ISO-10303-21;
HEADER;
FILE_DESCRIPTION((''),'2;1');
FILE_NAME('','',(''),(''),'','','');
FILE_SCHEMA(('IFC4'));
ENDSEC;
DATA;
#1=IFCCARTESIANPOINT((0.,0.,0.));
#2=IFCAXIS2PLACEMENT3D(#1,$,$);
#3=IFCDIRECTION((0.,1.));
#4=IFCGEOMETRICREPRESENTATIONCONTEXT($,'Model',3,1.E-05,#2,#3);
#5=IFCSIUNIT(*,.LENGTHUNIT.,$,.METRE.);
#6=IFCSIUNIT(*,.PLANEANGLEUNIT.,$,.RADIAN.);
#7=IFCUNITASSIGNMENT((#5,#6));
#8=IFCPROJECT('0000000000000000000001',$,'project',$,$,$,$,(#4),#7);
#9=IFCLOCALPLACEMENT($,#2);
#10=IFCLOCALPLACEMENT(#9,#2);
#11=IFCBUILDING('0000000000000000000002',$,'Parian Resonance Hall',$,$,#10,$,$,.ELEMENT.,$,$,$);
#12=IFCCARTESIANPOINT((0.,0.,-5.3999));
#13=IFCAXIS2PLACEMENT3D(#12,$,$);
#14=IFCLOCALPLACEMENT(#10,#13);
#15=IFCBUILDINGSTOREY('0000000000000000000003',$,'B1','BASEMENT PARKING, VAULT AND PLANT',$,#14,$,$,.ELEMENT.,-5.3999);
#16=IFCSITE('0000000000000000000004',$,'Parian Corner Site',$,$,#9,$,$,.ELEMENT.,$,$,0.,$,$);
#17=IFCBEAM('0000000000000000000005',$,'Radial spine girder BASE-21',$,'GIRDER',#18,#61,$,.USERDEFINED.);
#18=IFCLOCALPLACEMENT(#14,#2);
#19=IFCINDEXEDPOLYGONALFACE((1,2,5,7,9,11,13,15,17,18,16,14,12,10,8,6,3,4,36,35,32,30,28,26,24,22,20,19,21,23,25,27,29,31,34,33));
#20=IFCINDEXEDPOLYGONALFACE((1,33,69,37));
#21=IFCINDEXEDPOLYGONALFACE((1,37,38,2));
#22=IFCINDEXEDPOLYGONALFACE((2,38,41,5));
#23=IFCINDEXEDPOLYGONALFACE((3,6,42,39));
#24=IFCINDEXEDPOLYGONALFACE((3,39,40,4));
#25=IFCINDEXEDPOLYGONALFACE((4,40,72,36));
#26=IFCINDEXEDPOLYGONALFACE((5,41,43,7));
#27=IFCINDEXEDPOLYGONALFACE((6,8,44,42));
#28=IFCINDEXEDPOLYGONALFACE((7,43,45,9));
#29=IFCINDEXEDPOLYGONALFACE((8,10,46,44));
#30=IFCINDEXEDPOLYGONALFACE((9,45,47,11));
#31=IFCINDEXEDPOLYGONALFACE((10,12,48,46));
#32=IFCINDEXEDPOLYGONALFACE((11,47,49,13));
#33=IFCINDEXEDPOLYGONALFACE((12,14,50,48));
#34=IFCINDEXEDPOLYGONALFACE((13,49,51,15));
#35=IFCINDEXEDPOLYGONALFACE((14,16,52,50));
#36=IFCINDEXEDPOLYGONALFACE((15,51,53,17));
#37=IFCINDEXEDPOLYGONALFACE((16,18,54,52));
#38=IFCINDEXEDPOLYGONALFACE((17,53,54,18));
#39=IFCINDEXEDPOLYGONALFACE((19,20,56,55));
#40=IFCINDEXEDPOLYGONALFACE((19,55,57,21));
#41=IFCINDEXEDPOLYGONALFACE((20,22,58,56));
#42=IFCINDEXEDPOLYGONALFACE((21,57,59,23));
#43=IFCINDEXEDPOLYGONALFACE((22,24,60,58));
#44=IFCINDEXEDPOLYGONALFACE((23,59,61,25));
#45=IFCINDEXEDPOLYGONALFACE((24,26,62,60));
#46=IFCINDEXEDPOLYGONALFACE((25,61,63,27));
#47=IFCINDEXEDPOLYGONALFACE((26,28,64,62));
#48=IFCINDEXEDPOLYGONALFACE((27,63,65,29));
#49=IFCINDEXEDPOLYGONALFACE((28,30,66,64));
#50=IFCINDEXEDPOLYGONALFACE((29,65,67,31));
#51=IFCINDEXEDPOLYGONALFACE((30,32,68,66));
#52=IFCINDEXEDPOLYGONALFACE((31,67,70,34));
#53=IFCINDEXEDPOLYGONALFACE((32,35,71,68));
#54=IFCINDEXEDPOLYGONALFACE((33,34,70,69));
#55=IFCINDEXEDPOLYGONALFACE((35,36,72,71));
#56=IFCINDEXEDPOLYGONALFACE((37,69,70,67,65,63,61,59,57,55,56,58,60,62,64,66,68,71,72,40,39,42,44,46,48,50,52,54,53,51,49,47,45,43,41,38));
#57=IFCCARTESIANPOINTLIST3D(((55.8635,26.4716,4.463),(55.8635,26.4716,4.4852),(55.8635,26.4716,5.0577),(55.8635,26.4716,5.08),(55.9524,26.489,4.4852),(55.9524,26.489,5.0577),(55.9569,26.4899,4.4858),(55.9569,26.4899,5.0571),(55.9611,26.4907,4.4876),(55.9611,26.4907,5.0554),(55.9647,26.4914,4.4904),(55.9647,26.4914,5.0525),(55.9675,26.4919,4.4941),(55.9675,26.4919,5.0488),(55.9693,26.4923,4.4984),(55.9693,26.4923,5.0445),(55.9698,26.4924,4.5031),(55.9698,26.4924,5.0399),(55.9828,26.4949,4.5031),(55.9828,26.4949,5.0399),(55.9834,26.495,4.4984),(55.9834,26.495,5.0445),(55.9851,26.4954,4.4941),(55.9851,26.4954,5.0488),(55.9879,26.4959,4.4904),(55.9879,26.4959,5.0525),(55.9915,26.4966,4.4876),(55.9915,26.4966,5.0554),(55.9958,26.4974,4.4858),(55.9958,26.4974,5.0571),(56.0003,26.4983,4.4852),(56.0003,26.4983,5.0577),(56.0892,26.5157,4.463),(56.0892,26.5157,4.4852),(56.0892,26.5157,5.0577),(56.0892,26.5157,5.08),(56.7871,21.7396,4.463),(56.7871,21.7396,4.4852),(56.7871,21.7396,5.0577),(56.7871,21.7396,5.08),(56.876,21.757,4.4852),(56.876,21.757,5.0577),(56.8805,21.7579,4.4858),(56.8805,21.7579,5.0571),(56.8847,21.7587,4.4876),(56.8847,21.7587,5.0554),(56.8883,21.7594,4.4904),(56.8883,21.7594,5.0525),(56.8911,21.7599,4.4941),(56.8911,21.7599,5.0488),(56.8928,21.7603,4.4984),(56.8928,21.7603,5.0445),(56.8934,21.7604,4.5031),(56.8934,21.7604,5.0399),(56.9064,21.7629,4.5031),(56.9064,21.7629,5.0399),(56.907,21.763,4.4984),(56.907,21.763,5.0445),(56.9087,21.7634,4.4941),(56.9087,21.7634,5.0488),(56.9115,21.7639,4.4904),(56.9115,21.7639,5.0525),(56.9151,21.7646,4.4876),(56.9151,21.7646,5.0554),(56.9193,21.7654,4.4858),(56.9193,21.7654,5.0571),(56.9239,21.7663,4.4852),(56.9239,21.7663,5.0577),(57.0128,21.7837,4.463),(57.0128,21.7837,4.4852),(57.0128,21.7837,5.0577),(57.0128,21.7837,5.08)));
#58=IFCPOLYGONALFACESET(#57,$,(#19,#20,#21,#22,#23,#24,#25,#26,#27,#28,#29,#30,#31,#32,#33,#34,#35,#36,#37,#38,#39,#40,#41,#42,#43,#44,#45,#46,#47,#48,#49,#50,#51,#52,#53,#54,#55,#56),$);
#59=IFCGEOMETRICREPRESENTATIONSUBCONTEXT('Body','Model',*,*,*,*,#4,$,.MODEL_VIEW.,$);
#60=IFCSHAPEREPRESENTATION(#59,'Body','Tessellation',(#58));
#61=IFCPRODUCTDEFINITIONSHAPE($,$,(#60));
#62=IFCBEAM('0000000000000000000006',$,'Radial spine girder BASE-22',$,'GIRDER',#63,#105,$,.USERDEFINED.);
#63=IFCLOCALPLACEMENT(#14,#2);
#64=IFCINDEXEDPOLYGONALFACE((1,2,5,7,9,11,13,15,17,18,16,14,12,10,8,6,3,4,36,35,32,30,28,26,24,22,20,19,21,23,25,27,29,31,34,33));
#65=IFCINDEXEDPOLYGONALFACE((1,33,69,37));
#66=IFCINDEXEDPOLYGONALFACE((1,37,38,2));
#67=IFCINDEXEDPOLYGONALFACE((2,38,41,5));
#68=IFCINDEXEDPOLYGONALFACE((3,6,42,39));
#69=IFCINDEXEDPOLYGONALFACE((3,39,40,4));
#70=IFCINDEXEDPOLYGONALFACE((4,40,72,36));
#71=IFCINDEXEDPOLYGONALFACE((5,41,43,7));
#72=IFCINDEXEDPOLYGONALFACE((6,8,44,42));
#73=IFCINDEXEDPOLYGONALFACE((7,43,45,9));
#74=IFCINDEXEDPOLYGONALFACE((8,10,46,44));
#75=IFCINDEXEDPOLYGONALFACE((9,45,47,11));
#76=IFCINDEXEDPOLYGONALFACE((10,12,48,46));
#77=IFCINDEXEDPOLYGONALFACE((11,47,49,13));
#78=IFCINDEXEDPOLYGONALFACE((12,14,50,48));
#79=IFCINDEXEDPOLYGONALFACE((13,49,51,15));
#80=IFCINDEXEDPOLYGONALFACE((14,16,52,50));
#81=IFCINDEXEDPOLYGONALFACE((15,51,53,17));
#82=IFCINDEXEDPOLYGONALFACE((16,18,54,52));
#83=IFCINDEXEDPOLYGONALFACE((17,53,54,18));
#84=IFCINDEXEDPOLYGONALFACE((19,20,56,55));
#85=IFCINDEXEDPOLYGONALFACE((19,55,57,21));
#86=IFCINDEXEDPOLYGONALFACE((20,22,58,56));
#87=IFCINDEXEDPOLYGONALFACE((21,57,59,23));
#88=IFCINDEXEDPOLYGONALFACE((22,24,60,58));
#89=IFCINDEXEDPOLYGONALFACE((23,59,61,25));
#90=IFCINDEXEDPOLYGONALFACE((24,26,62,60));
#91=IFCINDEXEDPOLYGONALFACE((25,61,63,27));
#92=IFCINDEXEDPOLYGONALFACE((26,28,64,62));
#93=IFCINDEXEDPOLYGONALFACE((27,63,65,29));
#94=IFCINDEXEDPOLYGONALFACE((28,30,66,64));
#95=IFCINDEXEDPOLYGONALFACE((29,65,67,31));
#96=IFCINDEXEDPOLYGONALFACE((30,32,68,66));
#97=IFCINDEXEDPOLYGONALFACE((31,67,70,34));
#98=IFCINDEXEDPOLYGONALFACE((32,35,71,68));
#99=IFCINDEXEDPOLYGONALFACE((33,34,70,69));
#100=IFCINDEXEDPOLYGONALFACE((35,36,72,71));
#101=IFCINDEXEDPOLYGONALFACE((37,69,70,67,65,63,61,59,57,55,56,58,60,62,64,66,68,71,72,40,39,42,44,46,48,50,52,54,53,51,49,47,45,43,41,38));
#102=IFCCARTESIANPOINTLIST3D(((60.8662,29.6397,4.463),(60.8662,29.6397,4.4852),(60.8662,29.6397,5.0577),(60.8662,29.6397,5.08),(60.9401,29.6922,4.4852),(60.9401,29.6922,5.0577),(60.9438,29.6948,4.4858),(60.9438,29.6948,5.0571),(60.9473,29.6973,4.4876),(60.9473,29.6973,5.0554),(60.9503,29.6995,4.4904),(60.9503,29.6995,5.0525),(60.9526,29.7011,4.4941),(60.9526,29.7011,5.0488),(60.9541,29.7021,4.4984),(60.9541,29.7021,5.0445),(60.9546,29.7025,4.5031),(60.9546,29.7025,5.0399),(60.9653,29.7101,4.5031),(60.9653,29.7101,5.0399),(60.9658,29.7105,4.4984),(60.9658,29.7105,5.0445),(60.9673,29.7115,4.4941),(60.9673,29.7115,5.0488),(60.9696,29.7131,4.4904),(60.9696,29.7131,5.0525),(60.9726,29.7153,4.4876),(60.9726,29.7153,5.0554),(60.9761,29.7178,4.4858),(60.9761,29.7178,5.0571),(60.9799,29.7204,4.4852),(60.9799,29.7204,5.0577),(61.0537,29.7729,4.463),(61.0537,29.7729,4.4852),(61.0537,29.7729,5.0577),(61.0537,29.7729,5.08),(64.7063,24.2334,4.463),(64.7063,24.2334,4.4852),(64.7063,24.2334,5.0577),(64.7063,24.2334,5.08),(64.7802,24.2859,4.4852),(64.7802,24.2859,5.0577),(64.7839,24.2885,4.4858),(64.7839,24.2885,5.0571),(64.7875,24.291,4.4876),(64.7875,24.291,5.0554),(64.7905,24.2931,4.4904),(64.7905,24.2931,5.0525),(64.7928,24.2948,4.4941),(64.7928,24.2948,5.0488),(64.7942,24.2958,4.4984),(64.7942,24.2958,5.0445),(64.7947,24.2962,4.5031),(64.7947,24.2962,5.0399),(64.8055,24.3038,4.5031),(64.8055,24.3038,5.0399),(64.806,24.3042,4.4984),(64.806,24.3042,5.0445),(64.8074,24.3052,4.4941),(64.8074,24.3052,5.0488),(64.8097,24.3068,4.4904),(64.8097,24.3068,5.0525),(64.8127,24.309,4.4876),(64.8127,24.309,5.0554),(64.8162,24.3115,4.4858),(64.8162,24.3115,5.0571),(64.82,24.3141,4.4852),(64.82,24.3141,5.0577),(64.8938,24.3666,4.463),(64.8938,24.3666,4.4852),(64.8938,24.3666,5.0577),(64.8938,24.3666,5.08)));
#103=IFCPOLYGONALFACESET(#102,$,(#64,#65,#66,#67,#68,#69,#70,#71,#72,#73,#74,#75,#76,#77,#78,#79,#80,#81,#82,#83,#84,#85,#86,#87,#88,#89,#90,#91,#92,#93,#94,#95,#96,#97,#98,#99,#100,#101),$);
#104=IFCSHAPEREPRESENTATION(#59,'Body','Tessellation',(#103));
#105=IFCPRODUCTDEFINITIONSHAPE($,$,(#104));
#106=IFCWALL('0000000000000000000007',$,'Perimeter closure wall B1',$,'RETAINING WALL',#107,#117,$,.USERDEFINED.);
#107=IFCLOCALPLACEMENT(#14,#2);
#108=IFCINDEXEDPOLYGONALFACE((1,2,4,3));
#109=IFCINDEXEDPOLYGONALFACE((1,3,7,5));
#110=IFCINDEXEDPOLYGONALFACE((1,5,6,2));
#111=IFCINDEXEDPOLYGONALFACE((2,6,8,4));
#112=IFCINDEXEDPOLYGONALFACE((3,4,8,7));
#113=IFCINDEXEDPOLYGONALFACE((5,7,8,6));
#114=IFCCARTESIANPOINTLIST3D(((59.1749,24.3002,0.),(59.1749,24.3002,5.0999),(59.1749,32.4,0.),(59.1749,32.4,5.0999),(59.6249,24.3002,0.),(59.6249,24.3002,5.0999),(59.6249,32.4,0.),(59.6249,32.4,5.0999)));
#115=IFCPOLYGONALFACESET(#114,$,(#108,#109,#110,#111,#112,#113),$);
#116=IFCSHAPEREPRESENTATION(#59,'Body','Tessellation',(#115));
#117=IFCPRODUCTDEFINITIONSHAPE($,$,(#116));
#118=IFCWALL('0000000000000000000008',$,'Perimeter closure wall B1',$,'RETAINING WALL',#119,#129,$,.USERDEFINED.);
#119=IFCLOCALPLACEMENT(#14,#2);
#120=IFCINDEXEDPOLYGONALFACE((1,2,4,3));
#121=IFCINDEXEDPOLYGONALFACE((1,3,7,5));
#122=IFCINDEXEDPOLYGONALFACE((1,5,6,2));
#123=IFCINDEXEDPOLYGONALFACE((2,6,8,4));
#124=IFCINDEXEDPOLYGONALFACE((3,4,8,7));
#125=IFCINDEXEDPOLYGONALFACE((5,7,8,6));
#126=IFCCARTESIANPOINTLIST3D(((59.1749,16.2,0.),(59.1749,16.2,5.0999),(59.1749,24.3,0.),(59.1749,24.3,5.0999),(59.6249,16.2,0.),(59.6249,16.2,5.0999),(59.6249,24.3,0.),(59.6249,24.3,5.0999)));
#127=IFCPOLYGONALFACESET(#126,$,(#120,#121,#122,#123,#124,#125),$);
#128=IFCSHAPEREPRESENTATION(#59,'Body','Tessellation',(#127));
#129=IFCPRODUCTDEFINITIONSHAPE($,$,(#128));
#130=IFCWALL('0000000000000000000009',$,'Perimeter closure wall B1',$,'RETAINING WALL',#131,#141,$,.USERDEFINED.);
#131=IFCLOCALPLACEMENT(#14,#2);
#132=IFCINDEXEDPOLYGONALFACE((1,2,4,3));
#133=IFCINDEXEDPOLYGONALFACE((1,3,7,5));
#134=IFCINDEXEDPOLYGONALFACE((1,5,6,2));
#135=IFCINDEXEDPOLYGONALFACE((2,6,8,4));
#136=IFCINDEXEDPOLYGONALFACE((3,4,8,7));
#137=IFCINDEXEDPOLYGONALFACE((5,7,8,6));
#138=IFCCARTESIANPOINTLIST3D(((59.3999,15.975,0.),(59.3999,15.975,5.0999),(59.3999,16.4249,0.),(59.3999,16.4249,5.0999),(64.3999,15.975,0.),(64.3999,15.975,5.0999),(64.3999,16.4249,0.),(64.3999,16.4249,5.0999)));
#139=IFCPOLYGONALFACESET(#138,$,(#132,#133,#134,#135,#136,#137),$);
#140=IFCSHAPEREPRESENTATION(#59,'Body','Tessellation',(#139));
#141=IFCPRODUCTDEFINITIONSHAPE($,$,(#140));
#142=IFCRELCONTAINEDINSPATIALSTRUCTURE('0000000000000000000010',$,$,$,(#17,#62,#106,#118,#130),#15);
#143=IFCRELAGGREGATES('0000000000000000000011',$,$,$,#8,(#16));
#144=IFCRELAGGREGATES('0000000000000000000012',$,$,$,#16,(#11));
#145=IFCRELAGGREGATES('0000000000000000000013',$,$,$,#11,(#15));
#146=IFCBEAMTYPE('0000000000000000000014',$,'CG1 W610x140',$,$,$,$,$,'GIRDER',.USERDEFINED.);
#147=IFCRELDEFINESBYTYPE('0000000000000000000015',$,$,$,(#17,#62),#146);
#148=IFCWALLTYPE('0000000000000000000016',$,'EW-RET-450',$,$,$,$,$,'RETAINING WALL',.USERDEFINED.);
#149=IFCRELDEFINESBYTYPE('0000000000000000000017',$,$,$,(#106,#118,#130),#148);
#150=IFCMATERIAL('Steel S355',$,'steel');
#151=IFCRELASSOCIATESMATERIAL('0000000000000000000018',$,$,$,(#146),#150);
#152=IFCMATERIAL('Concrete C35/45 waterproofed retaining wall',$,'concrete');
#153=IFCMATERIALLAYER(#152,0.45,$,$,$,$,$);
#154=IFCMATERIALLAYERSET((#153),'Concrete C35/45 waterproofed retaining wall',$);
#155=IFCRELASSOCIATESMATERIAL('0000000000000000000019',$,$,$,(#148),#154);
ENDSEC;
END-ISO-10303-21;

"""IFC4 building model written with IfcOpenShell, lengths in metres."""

from ifc_helpers import new_model, si_unit, direction, frame, frame_2d, origin, origin_2d, place, context, subcontext, project, spatial, rectangle, i_section, extrude, material, layer, layer_set, material_profile, profile_set, type_object, element, save


model = new_model("IFC4")

# Units and contexts
model_context = context("Model", 3, precision=1e-05, world=origin(), true_north=direction((0.0, 1.0)))
body_context = subcontext(model_context, "Body", "Model", "MODEL_VIEW")
ifc_project = project(units=[si_unit("LENGTHUNIT", "METRE"), si_unit("PLANEANGLEUNIT", "RADIAN")], contexts=[model_context])

# Site, building, storey
site_placement = place(None, origin())
site = spatial("IfcSite", under=ifc_project, at=site_placement, Name="Parian Corner Site", CompositionType="ELEMENT", RefElevation=0.0)
building_placement = place(site_placement, origin())
building = spatial("IfcBuilding", under=site, at=building_placement, Name="Parian Resonance Hall", CompositionType="ELEMENT")
storey_placement = place(building_placement, frame((0.0, 0.0, -5.3999)))
storey = spatial("IfcBuildingStorey", under=building, at=storey_placement, Name="B1", Description="BASEMENT PARKING, VAULT AND PLANT", CompositionType="ELEMENT", Elevation=-5.3999)

# Beams
ifc_material_1 = material(Name="Steel S355", Category="steel")
ifc_material_profile_1 = material_profile(ifc_material_1, i_section(OverallWidth=0.23, OverallDepth=0.6169, WebThickness=0.0132, FlangeThickness=0.0222, FilletRadius=0.0178, at=origin_2d()), Name="W610x140")
ifc_profile_set_1 = profile_set([ifc_material_profile_1], Name="Steel S355")
beam_type_1 = type_object("IfcBeamType", Name="CG1 W610x140", ElementType="GIRDER", PredefinedType="USERDEFINED", material=ifc_profile_set_1)
beam_1_placement = place(storey_placement, frame((55.9763, 26.4937, 4.7715), z_axis=(0.191566, -0.98148, 0.0), x_axis=(0.98148, 0.191566, 0.0)))
element("IfcBeam", 1, at=beam_1_placement, inside=storey, type_object=beam_type_1, Name="Radial spine girder BASE-21", ObjectType="GIRDER", PredefinedType="USERDEFINED", context=body_context, shape_type="SweptSolid", body=[
    extrude(i_section(OverallWidth=0.23, OverallDepth=0.6169, WebThickness=0.0132, FlangeThickness=0.0222, FilletRadius=0.0178, at=origin_2d()), origin(), (0.0, 0.0, 1.0), 4.8213),
])
beam_2_placement = place(storey_placement, frame((60.96, 29.7063, 4.7715), z_axis=(0.579087, -0.815265, 0.0), x_axis=(0.815265, 0.579087, 0.0)))
element("IfcBeam", 2, at=beam_2_placement, inside=storey, type_object=beam_type_1, Name="Radial spine girder BASE-22", ObjectType="GIRDER", PredefinedType="USERDEFINED", context=body_context, shape_type="SweptSolid", body=[
    extrude(i_section(OverallWidth=0.23, OverallDepth=0.6169, WebThickness=0.0132, FlangeThickness=0.0222, FilletRadius=0.0178, at=origin_2d()), origin(), (0.0, 0.0, 1.0), 6.6313),
])

# Walls
ifc_material_2 = material(Name="Concrete C35/45 waterproofed retaining wall", Category="concrete")
ifc_layer = layer(ifc_material_2, 0.45)
ifc_layer_set = layer_set([ifc_layer], Name="Concrete C35/45 waterproofed retaining wall")
wall_type = type_object("IfcWallType", Name="EW-RET-450", ElementType="RETAINING WALL", PredefinedType="USERDEFINED", material=ifc_layer_set)
wall_1_placement = place(storey_placement, frame((59.3999, 32.3999, 0.0), z_axis=(0.0, 0.0, 1.0), x_axis=(0.0, -1.0, 0.0)))
element("IfcWall", 3, at=wall_1_placement, inside=storey, type_object=wall_type, Name="Perimeter closure wall B1", ObjectType="RETAINING WALL", PredefinedType="USERDEFINED", context=body_context, shape_type="SweptSolid", body=[
    extrude(rectangle(XDim=8.0999, YDim=0.45, at=frame_2d((4.0498, 0.0))), origin(), (0.0, 0.0, 1.0), 5.0999),
])
wall_2_placement = place(storey_placement, frame((59.3999, 24.3, 0.0), z_axis=(0.0, 0.0, 1.0), x_axis=(0.0, -1.0, 0.0)))
element("IfcWall", 4, at=wall_2_placement, inside=storey, type_object=wall_type, Name="Perimeter closure wall B1", ObjectType="RETAINING WALL", PredefinedType="USERDEFINED", context=body_context, shape_type="SweptSolid", body=[
    extrude(rectangle(XDim=8.1001, YDim=0.45, at=frame_2d((4.05, 0.0))), origin(), (0.0, 0.0, 1.0), 5.0999),
])
wall_3_placement = place(storey_placement, frame((59.3999, 16.2, 0.0), z_axis=(0.0, 0.0, 1.0), x_axis=(1.0, 0.0, 0.0)))
element("IfcWall", 5, at=wall_3_placement, inside=storey, type_object=wall_type, Name="Perimeter closure wall B1", ObjectType="RETAINING WALL", PredefinedType="USERDEFINED", context=body_context, shape_type="SweptSolid", body=[
    extrude(rectangle(XDim=5.0, YDim=0.45, at=frame_2d((2.5, 0.0))), origin(), (0.0, 0.0, 1.0), 5.0999),
])

save(model, "model.ifc")
